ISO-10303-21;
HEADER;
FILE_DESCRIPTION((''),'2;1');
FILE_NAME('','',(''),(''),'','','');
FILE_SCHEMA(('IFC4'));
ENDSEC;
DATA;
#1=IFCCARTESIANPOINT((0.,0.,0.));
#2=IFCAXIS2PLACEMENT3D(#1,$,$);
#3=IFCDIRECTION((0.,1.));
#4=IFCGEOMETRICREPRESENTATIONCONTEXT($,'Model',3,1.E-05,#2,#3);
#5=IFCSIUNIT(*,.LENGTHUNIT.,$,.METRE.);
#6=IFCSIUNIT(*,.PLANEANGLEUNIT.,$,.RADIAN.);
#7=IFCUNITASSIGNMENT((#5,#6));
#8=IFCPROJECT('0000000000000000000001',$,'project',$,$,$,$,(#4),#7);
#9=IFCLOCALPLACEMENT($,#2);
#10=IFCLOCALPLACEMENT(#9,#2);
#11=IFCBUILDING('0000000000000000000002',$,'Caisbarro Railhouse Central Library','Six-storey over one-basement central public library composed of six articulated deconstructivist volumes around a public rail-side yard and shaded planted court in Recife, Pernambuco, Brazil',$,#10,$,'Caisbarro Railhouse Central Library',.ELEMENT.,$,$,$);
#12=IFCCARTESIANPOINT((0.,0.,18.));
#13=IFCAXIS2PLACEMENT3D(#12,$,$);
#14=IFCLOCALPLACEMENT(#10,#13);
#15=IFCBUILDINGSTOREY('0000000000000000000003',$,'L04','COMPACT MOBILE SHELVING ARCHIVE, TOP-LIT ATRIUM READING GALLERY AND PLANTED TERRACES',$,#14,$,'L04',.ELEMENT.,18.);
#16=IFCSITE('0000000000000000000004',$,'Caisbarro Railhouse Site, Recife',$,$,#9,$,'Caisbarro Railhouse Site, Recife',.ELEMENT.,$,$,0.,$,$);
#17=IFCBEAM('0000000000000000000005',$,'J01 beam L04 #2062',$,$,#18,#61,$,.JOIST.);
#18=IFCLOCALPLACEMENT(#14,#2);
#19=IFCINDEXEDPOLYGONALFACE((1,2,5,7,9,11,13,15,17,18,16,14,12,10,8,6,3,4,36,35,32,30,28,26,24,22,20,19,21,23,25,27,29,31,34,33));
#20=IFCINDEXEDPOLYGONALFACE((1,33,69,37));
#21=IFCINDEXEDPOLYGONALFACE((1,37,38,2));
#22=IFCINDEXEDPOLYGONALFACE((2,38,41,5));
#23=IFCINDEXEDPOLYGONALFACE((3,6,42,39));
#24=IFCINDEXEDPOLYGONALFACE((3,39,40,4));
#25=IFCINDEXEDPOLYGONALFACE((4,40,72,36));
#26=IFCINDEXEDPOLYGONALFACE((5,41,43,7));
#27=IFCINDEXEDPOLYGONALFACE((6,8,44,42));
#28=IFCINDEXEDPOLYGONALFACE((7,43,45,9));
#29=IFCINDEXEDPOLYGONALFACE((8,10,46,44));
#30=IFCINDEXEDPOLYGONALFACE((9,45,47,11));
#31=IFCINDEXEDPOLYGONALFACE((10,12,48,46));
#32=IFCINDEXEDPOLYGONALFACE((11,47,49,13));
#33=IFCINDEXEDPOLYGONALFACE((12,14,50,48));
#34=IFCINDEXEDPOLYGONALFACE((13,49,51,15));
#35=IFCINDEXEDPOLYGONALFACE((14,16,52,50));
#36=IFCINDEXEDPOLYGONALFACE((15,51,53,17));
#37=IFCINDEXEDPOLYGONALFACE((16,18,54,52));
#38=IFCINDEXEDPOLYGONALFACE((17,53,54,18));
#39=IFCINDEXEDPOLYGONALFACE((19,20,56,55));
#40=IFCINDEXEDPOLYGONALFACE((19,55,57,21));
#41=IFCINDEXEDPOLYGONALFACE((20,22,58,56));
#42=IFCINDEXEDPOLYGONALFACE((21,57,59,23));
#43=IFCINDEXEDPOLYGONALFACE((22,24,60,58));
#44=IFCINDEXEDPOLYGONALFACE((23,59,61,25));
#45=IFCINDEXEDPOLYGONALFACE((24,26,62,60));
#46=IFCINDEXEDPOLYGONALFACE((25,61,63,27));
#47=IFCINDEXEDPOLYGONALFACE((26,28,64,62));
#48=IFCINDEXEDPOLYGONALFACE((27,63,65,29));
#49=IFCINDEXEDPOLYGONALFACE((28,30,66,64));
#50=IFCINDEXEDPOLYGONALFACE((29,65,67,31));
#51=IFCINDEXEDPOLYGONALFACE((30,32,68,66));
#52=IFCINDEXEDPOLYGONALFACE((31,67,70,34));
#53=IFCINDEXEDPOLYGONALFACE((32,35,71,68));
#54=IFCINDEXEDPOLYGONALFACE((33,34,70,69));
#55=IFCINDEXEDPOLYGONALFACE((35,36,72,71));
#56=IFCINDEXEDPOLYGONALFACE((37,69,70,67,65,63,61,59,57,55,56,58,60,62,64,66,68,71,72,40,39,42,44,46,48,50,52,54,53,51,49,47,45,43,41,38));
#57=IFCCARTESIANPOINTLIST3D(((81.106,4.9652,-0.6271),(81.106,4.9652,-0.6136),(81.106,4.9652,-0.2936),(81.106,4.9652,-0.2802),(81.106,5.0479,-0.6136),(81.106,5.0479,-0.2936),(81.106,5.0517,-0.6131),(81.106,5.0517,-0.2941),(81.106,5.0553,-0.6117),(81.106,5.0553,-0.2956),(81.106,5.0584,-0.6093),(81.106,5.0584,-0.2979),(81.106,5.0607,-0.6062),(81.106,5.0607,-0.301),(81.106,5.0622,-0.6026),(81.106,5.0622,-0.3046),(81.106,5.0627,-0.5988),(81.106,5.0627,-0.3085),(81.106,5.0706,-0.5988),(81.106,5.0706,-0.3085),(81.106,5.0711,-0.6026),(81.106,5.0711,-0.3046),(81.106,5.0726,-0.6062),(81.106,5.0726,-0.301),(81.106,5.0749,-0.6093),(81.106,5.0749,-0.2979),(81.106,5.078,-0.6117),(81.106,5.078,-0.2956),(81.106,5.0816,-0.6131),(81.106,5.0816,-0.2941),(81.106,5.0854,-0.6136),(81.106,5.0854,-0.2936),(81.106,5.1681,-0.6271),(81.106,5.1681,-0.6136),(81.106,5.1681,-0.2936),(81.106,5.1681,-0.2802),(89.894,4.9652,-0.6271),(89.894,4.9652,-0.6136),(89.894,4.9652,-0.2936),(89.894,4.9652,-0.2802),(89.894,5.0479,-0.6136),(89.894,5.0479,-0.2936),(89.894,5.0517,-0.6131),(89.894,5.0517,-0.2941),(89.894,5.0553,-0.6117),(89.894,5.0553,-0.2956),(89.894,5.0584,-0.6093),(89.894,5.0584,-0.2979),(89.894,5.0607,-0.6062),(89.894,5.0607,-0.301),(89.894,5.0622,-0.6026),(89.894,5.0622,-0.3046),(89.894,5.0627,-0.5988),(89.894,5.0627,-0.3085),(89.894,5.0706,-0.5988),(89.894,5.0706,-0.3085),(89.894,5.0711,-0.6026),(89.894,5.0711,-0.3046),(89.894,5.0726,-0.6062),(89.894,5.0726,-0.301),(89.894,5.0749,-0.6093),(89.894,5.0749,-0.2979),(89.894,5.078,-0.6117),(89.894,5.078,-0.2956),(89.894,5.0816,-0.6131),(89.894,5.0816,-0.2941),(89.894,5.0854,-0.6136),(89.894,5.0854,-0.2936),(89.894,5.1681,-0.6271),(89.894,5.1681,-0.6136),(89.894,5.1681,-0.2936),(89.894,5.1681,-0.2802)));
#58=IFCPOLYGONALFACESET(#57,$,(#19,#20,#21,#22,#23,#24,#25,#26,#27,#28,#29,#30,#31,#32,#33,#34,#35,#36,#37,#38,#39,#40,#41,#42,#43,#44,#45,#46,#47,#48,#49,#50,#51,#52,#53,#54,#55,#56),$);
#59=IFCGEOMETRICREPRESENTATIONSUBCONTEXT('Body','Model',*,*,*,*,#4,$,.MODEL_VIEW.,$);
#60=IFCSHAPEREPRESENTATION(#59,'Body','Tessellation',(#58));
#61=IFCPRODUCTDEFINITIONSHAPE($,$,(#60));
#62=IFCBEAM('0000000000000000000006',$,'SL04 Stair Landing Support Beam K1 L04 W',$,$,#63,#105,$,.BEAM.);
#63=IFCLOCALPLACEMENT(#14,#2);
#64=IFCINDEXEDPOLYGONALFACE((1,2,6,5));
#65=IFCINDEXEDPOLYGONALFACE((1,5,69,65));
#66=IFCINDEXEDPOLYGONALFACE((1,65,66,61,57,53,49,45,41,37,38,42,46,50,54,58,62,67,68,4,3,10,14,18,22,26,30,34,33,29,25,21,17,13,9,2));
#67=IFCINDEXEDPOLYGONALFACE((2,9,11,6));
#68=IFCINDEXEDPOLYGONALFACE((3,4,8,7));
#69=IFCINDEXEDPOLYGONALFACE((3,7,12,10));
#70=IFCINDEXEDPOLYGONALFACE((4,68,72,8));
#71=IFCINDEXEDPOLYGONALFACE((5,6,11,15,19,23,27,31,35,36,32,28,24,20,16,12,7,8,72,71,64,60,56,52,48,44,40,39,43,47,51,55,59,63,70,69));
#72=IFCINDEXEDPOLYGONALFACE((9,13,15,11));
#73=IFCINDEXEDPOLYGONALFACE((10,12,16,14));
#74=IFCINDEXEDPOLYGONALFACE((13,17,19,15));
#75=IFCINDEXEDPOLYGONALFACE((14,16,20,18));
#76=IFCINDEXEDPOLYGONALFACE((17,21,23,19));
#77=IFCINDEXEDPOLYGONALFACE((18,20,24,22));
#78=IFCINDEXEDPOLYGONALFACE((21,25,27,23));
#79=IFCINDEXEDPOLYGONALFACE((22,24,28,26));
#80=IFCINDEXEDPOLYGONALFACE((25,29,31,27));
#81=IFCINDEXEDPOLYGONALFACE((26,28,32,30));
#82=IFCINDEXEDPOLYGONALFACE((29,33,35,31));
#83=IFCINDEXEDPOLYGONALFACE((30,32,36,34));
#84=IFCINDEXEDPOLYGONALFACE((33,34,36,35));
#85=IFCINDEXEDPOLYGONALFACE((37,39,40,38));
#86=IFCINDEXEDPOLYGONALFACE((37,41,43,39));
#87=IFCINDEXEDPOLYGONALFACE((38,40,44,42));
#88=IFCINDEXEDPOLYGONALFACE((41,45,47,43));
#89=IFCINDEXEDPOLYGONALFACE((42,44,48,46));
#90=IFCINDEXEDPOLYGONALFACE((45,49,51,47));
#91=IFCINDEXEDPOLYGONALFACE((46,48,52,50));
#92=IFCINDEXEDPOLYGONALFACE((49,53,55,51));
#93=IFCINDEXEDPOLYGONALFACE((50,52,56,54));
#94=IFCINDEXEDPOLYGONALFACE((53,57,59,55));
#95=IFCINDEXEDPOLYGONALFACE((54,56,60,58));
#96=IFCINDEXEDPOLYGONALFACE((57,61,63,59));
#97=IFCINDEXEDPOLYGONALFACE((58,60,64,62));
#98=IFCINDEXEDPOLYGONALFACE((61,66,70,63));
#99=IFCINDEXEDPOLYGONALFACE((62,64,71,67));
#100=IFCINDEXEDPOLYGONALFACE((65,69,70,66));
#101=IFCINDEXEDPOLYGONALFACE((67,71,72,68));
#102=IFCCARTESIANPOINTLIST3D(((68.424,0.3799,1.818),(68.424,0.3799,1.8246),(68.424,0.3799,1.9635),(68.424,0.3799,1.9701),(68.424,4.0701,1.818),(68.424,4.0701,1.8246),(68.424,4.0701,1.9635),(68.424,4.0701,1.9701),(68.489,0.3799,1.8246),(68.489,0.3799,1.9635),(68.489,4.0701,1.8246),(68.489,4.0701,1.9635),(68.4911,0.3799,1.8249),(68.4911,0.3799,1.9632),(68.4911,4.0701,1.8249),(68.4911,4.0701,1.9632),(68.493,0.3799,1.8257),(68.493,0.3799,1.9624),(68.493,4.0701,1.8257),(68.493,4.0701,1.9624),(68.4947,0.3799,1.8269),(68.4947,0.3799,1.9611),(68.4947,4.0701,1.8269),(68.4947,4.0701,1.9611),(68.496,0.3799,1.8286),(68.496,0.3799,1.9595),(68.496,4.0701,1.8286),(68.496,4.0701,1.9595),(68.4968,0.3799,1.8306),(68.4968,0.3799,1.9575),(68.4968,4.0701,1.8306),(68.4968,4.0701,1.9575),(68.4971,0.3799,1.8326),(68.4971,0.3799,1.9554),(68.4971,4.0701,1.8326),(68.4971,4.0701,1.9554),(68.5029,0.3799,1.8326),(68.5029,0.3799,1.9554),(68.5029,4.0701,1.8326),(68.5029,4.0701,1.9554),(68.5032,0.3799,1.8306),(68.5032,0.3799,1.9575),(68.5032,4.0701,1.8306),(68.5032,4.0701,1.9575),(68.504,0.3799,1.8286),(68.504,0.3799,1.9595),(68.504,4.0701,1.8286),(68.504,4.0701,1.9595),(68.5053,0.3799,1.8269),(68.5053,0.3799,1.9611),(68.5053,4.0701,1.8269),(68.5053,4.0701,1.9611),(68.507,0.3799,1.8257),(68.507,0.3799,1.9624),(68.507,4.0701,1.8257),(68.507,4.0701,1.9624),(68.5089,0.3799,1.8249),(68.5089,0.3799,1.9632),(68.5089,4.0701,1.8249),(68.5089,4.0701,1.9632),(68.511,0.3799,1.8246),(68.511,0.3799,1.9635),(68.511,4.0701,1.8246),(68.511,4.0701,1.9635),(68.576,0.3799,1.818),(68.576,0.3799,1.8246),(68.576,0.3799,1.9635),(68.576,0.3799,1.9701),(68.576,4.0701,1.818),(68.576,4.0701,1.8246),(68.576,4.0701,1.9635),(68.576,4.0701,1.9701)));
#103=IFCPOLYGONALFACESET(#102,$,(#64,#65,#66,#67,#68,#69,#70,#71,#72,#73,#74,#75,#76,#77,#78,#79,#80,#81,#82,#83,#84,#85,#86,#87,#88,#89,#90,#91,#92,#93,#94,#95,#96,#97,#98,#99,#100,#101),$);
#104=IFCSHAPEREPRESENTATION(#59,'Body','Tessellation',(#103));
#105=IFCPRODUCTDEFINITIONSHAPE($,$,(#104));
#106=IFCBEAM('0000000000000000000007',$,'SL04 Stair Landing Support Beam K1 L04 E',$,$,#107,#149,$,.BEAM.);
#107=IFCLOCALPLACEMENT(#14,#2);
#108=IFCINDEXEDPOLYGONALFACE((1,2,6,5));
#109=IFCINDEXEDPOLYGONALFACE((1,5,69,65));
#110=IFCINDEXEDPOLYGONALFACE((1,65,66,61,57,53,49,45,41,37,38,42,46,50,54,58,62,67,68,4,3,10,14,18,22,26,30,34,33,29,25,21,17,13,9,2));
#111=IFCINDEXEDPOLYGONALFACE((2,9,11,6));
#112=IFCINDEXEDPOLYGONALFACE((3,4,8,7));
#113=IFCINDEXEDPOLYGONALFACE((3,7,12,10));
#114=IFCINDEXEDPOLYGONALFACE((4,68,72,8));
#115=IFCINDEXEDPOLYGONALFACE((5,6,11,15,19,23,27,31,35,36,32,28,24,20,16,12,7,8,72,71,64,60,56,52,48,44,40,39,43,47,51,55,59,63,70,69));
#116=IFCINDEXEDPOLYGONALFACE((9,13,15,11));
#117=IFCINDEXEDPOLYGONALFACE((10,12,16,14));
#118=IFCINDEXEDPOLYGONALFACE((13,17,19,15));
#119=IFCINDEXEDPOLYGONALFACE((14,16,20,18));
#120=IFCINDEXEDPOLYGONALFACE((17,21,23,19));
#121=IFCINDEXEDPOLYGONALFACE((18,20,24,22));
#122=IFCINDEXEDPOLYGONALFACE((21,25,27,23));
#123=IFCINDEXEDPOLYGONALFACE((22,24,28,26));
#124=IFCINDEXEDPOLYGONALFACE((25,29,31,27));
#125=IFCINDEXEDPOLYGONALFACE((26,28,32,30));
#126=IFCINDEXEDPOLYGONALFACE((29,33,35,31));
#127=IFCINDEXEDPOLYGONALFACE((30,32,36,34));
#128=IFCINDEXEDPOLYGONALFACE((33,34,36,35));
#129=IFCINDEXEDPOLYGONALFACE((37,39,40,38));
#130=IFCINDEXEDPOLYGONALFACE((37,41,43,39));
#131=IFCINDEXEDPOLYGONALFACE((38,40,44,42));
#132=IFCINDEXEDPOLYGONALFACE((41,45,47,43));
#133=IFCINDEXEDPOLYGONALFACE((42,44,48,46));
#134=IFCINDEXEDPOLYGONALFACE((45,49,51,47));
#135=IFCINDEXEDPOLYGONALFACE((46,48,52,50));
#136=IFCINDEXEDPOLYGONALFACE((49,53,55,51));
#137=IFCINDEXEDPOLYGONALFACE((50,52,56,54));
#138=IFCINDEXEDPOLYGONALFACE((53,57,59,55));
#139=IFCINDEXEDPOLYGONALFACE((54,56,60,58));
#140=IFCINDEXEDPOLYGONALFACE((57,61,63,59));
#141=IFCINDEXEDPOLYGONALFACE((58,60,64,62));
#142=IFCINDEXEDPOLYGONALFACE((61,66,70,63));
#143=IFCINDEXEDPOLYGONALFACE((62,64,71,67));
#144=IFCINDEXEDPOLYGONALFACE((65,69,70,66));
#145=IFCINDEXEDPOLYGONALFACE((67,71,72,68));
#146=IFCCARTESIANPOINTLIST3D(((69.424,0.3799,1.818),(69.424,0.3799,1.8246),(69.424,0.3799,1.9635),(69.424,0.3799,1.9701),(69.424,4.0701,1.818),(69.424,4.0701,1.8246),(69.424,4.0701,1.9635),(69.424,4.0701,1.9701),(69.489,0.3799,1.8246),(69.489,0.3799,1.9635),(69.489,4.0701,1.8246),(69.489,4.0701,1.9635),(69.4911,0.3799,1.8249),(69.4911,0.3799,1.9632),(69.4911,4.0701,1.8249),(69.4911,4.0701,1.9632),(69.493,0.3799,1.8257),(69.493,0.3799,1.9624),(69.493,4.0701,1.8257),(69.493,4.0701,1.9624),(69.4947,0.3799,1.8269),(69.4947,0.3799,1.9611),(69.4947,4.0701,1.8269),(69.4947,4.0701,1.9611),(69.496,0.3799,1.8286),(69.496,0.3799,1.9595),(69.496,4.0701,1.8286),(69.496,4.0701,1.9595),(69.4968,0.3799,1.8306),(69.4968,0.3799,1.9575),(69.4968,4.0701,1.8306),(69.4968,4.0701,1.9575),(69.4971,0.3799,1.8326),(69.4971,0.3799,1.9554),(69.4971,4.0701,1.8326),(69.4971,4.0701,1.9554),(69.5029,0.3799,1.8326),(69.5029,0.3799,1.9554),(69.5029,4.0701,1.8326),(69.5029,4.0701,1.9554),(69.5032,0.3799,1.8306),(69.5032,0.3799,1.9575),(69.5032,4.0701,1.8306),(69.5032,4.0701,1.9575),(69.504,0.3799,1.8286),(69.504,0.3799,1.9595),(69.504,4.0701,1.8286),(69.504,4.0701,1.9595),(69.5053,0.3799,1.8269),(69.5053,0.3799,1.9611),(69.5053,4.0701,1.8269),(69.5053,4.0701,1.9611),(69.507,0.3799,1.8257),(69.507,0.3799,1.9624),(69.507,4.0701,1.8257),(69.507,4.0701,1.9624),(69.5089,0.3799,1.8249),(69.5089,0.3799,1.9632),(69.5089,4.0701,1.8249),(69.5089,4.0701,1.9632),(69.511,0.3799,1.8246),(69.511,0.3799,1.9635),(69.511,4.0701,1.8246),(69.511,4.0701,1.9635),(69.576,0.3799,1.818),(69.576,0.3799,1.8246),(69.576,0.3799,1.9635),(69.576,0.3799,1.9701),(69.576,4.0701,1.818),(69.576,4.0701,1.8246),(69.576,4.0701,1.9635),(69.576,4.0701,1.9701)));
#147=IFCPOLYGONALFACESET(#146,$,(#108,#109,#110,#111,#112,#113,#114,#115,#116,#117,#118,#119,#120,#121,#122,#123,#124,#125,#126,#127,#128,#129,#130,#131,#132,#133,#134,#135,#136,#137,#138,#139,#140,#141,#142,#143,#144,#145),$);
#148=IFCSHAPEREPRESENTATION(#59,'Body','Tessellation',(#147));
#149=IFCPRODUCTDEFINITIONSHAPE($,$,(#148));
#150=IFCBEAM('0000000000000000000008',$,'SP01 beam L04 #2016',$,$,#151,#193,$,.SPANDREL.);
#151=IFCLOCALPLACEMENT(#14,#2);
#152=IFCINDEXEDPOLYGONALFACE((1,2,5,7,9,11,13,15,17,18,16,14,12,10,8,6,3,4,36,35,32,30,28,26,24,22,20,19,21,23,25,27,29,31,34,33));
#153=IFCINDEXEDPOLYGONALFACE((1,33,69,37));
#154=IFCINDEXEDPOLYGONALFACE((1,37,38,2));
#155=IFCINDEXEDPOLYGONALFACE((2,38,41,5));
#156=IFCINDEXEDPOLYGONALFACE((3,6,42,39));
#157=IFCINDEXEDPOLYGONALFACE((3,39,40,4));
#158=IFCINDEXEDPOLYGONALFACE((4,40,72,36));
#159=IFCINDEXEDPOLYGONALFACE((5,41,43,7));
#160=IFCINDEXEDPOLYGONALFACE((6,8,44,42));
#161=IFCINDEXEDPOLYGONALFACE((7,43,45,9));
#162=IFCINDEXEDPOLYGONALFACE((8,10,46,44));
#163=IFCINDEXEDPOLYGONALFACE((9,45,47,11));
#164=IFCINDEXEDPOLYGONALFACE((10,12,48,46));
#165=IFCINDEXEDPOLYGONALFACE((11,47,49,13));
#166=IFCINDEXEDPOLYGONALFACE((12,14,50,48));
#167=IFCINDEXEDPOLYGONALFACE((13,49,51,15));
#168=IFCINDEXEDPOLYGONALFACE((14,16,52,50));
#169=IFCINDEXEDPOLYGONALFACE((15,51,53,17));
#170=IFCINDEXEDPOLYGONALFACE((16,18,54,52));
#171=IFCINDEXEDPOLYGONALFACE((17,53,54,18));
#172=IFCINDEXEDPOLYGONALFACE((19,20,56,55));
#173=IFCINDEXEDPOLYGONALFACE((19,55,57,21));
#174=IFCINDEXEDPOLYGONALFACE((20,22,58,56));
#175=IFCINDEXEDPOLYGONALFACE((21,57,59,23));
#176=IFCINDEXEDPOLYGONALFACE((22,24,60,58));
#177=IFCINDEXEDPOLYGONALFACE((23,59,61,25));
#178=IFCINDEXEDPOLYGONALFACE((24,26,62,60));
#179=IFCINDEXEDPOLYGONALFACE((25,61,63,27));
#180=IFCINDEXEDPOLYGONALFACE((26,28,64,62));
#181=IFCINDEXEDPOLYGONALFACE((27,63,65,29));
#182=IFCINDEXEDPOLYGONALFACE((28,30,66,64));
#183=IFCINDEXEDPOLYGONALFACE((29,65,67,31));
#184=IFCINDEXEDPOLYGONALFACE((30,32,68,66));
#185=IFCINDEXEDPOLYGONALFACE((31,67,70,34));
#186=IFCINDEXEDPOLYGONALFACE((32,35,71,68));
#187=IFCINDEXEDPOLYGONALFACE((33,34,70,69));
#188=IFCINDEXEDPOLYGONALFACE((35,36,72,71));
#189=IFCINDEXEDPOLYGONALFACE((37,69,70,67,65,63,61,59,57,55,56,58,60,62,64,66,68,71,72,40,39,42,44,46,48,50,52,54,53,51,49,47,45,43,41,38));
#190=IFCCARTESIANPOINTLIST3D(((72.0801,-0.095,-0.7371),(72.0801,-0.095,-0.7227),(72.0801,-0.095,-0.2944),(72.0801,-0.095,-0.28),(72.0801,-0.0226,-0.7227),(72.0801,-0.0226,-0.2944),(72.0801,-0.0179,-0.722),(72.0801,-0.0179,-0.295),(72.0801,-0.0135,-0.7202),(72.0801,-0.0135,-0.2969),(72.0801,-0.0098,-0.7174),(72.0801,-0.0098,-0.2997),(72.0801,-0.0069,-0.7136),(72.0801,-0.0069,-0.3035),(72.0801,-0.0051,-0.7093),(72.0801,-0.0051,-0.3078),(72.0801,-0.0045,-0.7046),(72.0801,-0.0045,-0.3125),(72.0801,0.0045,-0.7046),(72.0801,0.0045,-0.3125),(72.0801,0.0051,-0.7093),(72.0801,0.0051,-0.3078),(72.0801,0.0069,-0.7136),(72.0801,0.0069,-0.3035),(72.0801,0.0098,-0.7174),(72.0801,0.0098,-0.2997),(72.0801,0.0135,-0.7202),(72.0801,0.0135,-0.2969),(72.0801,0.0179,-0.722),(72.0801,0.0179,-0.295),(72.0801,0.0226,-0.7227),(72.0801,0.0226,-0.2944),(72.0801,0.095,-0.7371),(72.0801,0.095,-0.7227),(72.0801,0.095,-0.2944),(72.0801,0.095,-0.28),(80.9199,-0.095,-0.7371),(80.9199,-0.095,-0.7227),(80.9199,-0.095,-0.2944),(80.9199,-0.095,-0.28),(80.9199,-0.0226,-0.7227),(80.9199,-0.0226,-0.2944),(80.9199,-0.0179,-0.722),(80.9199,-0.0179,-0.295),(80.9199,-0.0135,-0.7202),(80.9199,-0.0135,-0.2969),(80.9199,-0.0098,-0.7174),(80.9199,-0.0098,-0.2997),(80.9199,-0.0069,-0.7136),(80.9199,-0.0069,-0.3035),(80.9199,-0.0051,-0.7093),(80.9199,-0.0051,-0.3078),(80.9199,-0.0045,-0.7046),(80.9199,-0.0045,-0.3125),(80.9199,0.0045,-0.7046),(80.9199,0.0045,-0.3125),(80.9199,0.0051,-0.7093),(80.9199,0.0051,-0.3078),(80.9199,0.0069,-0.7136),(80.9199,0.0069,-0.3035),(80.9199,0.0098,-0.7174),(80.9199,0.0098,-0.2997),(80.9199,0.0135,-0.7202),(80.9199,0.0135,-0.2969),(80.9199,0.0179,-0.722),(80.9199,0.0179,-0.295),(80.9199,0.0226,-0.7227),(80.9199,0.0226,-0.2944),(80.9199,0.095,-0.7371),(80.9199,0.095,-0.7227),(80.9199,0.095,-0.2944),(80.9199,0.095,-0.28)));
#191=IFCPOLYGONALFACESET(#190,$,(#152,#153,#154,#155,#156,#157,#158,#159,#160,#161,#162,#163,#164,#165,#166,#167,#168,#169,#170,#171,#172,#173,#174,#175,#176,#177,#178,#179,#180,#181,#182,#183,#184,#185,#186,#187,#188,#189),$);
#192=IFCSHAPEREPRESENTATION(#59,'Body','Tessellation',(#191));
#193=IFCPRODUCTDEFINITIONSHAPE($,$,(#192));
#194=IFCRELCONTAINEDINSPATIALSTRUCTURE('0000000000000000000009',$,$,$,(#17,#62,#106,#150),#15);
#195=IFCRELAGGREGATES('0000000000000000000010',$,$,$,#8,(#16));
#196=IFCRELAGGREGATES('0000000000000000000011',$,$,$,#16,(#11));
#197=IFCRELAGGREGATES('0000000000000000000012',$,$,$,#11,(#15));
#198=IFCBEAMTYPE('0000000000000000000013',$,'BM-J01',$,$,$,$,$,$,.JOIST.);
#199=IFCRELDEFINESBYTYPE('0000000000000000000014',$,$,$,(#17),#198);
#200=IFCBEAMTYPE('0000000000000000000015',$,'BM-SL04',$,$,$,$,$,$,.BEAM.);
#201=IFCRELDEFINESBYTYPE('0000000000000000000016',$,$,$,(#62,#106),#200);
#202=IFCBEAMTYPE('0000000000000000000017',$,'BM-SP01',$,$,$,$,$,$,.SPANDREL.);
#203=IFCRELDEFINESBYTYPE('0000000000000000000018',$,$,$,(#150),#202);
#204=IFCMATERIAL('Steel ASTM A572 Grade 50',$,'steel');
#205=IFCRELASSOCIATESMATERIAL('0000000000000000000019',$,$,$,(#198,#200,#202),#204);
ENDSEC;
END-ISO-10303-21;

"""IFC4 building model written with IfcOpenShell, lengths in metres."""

from ifc_helpers import new_model, si_unit, direction, frame, origin, origin_2d, place, context, subcontext, project, spatial, i_section, extrude, material, material_profile, profile_set, type_object, element, save


model = new_model("IFC4")

# Units and contexts
model_context = context("Model", 3, precision=1e-05, world=origin(), true_north=direction((0.0, 1.0)))
body_context = subcontext(model_context, "Body", "Model", "MODEL_VIEW")
ifc_project = project(units=[si_unit("LENGTHUNIT", "METRE"), si_unit("PLANEANGLEUNIT", "RADIAN")], contexts=[model_context])

# Site, building, storey
site_placement = place(None, origin())
site = spatial("IfcSite", under=ifc_project, at=site_placement, Name="Caisbarro Railhouse Site, Recife", LongName="Caisbarro Railhouse Site, Recife", CompositionType="ELEMENT", RefElevation=0.0)
building_placement = place(site_placement, origin())
building = spatial("IfcBuilding", under=site, at=building_placement, Name="Caisbarro Railhouse Central Library", Description="Six-storey over one-basement central public library composed of six articulated deconstructivist volumes around a public rail-side yard and shaded planted court in Recife, Pernambuco, Brazil", LongName="Caisbarro Railhouse Central Library", CompositionType="ELEMENT")
storey_placement = place(building_placement, frame((0.0, 0.0, 18.0)))
storey = spatial("IfcBuildingStorey", under=building, at=storey_placement, Name="L04", Description="COMPACT MOBILE SHELVING ARCHIVE, TOP-LIT ATRIUM READING GALLERY AND PLANTED TERRACES", LongName="L04", CompositionType="ELEMENT", Elevation=18.0)

# Shared definitions
ifc_material_1 = material(Name="Steel ASTM A572 Grade 50", Category="steel")

# Beams
ifc_material_profile_1 = material_profile(ifc_material_1, i_section(OverallWidth=0.2029, OverallDepth=0.3469, WebThickness=0.0078, FlangeThickness=0.0134, FilletRadius=0.0149, at=origin_2d()), Name="W360X64.0")
ifc_profile_set_1 = profile_set([ifc_material_profile_1], Name="Steel ASTM A572 Grade 50")
beam_type_1 = type_object("IfcBeamType", Name="BM-J01", PredefinedType="JOIST", material=ifc_profile_set_1)
for number, where, z_axis, x_axis, name in (
    (1, (81.106, 5.0667, -0.4536), (1.0, 0.0, 0.0), (0.0, 1.0, 0.0), "J01 beam L04 #2062"),
):
    element("IfcBeam", number, at=place(storey_placement, frame(where, z_axis=z_axis, x_axis=x_axis)), inside=storey, type_object=beam_type_1, Name=name, PredefinedType="JOIST", context=body_context, shape_type="SweptSolid", body=[
        extrude(i_section(OverallWidth=0.2029, OverallDepth=0.3469, WebThickness=0.0078, FlangeThickness=0.0134, FilletRadius=0.0149, at=origin_2d()), origin(), (0.0, 0.0, 1.0), 8.7881),
    ])
ifc_material_profile_2 = material_profile(ifc_material_1, i_section(OverallWidth=0.1521, OverallDepth=0.1521, WebThickness=0.0059, FlangeThickness=0.0066, FilletRadius=0.0081, at=origin_2d()), Name="W150X22.5")
ifc_profile_set_2 = profile_set([ifc_material_profile_2], Name="Steel ASTM A572 Grade 50")
beam_type_2 = type_object("IfcBeamType", Name="BM-SL04", PredefinedType="BEAM", material=ifc_profile_set_2)
for number, where, z_axis, x_axis, name in (
    (2, (68.5, 0.3799, 1.894), (0.0, 1.0, 0.0), (-1.0, 0.0, 0.0), "SL04 Stair Landing Support Beam K1 L04 W"),
    (3, (69.5, 0.3799, 1.894), (0.0, 1.0, 0.0), (-1.0, 0.0, 0.0), "SL04 Stair Landing Support Beam K1 L04 E"),
):
    element("IfcBeam", number, at=place(storey_placement, frame(where, z_axis=z_axis, x_axis=x_axis)), inside=storey, type_object=beam_type_2, Name=name, PredefinedType="BEAM", context=body_context, shape_type="SweptSolid", body=[
        extrude(i_section(OverallWidth=0.1521, OverallDepth=0.1521, WebThickness=0.0059, FlangeThickness=0.0066, FilletRadius=0.0081, at=origin_2d()), origin(), (0.0, 0.0, 1.0), 3.6902),
    ])
ifc_material_profile_3 = material_profile(ifc_material_1, i_section(OverallWidth=0.1899, OverallDepth=0.457, WebThickness=0.009, FlangeThickness=0.0144, FilletRadius=0.0181, at=origin_2d()), Name="W460X74.0")
ifc_profile_set_3 = profile_set([ifc_material_profile_3], Name="Steel ASTM A572 Grade 50")
beam_type_3 = type_object("IfcBeamType", Name="BM-SP01", PredefinedType="SPANDREL", material=ifc_profile_set_3)
for number, where, z_axis, x_axis, name in (
    (4, (72.0801, 0.0, -0.5085), (1.0, 0.0, 0.0), (0.0, 1.0, 0.0), "SP01 beam L04 #2016"),
):
    element("IfcBeam", number, at=place(storey_placement, frame(where, z_axis=z_axis, x_axis=x_axis)), inside=storey, type_object=beam_type_3, Name=name, PredefinedType="SPANDREL", context=body_context, shape_type="SweptSolid", body=[
        extrude(i_section(OverallWidth=0.1899, OverallDepth=0.457, WebThickness=0.009, FlangeThickness=0.0144, FilletRadius=0.0181, at=origin_2d()), origin(), (0.0, 0.0, 1.0), 8.8398),
    ])

save(model, "model.ifc")
